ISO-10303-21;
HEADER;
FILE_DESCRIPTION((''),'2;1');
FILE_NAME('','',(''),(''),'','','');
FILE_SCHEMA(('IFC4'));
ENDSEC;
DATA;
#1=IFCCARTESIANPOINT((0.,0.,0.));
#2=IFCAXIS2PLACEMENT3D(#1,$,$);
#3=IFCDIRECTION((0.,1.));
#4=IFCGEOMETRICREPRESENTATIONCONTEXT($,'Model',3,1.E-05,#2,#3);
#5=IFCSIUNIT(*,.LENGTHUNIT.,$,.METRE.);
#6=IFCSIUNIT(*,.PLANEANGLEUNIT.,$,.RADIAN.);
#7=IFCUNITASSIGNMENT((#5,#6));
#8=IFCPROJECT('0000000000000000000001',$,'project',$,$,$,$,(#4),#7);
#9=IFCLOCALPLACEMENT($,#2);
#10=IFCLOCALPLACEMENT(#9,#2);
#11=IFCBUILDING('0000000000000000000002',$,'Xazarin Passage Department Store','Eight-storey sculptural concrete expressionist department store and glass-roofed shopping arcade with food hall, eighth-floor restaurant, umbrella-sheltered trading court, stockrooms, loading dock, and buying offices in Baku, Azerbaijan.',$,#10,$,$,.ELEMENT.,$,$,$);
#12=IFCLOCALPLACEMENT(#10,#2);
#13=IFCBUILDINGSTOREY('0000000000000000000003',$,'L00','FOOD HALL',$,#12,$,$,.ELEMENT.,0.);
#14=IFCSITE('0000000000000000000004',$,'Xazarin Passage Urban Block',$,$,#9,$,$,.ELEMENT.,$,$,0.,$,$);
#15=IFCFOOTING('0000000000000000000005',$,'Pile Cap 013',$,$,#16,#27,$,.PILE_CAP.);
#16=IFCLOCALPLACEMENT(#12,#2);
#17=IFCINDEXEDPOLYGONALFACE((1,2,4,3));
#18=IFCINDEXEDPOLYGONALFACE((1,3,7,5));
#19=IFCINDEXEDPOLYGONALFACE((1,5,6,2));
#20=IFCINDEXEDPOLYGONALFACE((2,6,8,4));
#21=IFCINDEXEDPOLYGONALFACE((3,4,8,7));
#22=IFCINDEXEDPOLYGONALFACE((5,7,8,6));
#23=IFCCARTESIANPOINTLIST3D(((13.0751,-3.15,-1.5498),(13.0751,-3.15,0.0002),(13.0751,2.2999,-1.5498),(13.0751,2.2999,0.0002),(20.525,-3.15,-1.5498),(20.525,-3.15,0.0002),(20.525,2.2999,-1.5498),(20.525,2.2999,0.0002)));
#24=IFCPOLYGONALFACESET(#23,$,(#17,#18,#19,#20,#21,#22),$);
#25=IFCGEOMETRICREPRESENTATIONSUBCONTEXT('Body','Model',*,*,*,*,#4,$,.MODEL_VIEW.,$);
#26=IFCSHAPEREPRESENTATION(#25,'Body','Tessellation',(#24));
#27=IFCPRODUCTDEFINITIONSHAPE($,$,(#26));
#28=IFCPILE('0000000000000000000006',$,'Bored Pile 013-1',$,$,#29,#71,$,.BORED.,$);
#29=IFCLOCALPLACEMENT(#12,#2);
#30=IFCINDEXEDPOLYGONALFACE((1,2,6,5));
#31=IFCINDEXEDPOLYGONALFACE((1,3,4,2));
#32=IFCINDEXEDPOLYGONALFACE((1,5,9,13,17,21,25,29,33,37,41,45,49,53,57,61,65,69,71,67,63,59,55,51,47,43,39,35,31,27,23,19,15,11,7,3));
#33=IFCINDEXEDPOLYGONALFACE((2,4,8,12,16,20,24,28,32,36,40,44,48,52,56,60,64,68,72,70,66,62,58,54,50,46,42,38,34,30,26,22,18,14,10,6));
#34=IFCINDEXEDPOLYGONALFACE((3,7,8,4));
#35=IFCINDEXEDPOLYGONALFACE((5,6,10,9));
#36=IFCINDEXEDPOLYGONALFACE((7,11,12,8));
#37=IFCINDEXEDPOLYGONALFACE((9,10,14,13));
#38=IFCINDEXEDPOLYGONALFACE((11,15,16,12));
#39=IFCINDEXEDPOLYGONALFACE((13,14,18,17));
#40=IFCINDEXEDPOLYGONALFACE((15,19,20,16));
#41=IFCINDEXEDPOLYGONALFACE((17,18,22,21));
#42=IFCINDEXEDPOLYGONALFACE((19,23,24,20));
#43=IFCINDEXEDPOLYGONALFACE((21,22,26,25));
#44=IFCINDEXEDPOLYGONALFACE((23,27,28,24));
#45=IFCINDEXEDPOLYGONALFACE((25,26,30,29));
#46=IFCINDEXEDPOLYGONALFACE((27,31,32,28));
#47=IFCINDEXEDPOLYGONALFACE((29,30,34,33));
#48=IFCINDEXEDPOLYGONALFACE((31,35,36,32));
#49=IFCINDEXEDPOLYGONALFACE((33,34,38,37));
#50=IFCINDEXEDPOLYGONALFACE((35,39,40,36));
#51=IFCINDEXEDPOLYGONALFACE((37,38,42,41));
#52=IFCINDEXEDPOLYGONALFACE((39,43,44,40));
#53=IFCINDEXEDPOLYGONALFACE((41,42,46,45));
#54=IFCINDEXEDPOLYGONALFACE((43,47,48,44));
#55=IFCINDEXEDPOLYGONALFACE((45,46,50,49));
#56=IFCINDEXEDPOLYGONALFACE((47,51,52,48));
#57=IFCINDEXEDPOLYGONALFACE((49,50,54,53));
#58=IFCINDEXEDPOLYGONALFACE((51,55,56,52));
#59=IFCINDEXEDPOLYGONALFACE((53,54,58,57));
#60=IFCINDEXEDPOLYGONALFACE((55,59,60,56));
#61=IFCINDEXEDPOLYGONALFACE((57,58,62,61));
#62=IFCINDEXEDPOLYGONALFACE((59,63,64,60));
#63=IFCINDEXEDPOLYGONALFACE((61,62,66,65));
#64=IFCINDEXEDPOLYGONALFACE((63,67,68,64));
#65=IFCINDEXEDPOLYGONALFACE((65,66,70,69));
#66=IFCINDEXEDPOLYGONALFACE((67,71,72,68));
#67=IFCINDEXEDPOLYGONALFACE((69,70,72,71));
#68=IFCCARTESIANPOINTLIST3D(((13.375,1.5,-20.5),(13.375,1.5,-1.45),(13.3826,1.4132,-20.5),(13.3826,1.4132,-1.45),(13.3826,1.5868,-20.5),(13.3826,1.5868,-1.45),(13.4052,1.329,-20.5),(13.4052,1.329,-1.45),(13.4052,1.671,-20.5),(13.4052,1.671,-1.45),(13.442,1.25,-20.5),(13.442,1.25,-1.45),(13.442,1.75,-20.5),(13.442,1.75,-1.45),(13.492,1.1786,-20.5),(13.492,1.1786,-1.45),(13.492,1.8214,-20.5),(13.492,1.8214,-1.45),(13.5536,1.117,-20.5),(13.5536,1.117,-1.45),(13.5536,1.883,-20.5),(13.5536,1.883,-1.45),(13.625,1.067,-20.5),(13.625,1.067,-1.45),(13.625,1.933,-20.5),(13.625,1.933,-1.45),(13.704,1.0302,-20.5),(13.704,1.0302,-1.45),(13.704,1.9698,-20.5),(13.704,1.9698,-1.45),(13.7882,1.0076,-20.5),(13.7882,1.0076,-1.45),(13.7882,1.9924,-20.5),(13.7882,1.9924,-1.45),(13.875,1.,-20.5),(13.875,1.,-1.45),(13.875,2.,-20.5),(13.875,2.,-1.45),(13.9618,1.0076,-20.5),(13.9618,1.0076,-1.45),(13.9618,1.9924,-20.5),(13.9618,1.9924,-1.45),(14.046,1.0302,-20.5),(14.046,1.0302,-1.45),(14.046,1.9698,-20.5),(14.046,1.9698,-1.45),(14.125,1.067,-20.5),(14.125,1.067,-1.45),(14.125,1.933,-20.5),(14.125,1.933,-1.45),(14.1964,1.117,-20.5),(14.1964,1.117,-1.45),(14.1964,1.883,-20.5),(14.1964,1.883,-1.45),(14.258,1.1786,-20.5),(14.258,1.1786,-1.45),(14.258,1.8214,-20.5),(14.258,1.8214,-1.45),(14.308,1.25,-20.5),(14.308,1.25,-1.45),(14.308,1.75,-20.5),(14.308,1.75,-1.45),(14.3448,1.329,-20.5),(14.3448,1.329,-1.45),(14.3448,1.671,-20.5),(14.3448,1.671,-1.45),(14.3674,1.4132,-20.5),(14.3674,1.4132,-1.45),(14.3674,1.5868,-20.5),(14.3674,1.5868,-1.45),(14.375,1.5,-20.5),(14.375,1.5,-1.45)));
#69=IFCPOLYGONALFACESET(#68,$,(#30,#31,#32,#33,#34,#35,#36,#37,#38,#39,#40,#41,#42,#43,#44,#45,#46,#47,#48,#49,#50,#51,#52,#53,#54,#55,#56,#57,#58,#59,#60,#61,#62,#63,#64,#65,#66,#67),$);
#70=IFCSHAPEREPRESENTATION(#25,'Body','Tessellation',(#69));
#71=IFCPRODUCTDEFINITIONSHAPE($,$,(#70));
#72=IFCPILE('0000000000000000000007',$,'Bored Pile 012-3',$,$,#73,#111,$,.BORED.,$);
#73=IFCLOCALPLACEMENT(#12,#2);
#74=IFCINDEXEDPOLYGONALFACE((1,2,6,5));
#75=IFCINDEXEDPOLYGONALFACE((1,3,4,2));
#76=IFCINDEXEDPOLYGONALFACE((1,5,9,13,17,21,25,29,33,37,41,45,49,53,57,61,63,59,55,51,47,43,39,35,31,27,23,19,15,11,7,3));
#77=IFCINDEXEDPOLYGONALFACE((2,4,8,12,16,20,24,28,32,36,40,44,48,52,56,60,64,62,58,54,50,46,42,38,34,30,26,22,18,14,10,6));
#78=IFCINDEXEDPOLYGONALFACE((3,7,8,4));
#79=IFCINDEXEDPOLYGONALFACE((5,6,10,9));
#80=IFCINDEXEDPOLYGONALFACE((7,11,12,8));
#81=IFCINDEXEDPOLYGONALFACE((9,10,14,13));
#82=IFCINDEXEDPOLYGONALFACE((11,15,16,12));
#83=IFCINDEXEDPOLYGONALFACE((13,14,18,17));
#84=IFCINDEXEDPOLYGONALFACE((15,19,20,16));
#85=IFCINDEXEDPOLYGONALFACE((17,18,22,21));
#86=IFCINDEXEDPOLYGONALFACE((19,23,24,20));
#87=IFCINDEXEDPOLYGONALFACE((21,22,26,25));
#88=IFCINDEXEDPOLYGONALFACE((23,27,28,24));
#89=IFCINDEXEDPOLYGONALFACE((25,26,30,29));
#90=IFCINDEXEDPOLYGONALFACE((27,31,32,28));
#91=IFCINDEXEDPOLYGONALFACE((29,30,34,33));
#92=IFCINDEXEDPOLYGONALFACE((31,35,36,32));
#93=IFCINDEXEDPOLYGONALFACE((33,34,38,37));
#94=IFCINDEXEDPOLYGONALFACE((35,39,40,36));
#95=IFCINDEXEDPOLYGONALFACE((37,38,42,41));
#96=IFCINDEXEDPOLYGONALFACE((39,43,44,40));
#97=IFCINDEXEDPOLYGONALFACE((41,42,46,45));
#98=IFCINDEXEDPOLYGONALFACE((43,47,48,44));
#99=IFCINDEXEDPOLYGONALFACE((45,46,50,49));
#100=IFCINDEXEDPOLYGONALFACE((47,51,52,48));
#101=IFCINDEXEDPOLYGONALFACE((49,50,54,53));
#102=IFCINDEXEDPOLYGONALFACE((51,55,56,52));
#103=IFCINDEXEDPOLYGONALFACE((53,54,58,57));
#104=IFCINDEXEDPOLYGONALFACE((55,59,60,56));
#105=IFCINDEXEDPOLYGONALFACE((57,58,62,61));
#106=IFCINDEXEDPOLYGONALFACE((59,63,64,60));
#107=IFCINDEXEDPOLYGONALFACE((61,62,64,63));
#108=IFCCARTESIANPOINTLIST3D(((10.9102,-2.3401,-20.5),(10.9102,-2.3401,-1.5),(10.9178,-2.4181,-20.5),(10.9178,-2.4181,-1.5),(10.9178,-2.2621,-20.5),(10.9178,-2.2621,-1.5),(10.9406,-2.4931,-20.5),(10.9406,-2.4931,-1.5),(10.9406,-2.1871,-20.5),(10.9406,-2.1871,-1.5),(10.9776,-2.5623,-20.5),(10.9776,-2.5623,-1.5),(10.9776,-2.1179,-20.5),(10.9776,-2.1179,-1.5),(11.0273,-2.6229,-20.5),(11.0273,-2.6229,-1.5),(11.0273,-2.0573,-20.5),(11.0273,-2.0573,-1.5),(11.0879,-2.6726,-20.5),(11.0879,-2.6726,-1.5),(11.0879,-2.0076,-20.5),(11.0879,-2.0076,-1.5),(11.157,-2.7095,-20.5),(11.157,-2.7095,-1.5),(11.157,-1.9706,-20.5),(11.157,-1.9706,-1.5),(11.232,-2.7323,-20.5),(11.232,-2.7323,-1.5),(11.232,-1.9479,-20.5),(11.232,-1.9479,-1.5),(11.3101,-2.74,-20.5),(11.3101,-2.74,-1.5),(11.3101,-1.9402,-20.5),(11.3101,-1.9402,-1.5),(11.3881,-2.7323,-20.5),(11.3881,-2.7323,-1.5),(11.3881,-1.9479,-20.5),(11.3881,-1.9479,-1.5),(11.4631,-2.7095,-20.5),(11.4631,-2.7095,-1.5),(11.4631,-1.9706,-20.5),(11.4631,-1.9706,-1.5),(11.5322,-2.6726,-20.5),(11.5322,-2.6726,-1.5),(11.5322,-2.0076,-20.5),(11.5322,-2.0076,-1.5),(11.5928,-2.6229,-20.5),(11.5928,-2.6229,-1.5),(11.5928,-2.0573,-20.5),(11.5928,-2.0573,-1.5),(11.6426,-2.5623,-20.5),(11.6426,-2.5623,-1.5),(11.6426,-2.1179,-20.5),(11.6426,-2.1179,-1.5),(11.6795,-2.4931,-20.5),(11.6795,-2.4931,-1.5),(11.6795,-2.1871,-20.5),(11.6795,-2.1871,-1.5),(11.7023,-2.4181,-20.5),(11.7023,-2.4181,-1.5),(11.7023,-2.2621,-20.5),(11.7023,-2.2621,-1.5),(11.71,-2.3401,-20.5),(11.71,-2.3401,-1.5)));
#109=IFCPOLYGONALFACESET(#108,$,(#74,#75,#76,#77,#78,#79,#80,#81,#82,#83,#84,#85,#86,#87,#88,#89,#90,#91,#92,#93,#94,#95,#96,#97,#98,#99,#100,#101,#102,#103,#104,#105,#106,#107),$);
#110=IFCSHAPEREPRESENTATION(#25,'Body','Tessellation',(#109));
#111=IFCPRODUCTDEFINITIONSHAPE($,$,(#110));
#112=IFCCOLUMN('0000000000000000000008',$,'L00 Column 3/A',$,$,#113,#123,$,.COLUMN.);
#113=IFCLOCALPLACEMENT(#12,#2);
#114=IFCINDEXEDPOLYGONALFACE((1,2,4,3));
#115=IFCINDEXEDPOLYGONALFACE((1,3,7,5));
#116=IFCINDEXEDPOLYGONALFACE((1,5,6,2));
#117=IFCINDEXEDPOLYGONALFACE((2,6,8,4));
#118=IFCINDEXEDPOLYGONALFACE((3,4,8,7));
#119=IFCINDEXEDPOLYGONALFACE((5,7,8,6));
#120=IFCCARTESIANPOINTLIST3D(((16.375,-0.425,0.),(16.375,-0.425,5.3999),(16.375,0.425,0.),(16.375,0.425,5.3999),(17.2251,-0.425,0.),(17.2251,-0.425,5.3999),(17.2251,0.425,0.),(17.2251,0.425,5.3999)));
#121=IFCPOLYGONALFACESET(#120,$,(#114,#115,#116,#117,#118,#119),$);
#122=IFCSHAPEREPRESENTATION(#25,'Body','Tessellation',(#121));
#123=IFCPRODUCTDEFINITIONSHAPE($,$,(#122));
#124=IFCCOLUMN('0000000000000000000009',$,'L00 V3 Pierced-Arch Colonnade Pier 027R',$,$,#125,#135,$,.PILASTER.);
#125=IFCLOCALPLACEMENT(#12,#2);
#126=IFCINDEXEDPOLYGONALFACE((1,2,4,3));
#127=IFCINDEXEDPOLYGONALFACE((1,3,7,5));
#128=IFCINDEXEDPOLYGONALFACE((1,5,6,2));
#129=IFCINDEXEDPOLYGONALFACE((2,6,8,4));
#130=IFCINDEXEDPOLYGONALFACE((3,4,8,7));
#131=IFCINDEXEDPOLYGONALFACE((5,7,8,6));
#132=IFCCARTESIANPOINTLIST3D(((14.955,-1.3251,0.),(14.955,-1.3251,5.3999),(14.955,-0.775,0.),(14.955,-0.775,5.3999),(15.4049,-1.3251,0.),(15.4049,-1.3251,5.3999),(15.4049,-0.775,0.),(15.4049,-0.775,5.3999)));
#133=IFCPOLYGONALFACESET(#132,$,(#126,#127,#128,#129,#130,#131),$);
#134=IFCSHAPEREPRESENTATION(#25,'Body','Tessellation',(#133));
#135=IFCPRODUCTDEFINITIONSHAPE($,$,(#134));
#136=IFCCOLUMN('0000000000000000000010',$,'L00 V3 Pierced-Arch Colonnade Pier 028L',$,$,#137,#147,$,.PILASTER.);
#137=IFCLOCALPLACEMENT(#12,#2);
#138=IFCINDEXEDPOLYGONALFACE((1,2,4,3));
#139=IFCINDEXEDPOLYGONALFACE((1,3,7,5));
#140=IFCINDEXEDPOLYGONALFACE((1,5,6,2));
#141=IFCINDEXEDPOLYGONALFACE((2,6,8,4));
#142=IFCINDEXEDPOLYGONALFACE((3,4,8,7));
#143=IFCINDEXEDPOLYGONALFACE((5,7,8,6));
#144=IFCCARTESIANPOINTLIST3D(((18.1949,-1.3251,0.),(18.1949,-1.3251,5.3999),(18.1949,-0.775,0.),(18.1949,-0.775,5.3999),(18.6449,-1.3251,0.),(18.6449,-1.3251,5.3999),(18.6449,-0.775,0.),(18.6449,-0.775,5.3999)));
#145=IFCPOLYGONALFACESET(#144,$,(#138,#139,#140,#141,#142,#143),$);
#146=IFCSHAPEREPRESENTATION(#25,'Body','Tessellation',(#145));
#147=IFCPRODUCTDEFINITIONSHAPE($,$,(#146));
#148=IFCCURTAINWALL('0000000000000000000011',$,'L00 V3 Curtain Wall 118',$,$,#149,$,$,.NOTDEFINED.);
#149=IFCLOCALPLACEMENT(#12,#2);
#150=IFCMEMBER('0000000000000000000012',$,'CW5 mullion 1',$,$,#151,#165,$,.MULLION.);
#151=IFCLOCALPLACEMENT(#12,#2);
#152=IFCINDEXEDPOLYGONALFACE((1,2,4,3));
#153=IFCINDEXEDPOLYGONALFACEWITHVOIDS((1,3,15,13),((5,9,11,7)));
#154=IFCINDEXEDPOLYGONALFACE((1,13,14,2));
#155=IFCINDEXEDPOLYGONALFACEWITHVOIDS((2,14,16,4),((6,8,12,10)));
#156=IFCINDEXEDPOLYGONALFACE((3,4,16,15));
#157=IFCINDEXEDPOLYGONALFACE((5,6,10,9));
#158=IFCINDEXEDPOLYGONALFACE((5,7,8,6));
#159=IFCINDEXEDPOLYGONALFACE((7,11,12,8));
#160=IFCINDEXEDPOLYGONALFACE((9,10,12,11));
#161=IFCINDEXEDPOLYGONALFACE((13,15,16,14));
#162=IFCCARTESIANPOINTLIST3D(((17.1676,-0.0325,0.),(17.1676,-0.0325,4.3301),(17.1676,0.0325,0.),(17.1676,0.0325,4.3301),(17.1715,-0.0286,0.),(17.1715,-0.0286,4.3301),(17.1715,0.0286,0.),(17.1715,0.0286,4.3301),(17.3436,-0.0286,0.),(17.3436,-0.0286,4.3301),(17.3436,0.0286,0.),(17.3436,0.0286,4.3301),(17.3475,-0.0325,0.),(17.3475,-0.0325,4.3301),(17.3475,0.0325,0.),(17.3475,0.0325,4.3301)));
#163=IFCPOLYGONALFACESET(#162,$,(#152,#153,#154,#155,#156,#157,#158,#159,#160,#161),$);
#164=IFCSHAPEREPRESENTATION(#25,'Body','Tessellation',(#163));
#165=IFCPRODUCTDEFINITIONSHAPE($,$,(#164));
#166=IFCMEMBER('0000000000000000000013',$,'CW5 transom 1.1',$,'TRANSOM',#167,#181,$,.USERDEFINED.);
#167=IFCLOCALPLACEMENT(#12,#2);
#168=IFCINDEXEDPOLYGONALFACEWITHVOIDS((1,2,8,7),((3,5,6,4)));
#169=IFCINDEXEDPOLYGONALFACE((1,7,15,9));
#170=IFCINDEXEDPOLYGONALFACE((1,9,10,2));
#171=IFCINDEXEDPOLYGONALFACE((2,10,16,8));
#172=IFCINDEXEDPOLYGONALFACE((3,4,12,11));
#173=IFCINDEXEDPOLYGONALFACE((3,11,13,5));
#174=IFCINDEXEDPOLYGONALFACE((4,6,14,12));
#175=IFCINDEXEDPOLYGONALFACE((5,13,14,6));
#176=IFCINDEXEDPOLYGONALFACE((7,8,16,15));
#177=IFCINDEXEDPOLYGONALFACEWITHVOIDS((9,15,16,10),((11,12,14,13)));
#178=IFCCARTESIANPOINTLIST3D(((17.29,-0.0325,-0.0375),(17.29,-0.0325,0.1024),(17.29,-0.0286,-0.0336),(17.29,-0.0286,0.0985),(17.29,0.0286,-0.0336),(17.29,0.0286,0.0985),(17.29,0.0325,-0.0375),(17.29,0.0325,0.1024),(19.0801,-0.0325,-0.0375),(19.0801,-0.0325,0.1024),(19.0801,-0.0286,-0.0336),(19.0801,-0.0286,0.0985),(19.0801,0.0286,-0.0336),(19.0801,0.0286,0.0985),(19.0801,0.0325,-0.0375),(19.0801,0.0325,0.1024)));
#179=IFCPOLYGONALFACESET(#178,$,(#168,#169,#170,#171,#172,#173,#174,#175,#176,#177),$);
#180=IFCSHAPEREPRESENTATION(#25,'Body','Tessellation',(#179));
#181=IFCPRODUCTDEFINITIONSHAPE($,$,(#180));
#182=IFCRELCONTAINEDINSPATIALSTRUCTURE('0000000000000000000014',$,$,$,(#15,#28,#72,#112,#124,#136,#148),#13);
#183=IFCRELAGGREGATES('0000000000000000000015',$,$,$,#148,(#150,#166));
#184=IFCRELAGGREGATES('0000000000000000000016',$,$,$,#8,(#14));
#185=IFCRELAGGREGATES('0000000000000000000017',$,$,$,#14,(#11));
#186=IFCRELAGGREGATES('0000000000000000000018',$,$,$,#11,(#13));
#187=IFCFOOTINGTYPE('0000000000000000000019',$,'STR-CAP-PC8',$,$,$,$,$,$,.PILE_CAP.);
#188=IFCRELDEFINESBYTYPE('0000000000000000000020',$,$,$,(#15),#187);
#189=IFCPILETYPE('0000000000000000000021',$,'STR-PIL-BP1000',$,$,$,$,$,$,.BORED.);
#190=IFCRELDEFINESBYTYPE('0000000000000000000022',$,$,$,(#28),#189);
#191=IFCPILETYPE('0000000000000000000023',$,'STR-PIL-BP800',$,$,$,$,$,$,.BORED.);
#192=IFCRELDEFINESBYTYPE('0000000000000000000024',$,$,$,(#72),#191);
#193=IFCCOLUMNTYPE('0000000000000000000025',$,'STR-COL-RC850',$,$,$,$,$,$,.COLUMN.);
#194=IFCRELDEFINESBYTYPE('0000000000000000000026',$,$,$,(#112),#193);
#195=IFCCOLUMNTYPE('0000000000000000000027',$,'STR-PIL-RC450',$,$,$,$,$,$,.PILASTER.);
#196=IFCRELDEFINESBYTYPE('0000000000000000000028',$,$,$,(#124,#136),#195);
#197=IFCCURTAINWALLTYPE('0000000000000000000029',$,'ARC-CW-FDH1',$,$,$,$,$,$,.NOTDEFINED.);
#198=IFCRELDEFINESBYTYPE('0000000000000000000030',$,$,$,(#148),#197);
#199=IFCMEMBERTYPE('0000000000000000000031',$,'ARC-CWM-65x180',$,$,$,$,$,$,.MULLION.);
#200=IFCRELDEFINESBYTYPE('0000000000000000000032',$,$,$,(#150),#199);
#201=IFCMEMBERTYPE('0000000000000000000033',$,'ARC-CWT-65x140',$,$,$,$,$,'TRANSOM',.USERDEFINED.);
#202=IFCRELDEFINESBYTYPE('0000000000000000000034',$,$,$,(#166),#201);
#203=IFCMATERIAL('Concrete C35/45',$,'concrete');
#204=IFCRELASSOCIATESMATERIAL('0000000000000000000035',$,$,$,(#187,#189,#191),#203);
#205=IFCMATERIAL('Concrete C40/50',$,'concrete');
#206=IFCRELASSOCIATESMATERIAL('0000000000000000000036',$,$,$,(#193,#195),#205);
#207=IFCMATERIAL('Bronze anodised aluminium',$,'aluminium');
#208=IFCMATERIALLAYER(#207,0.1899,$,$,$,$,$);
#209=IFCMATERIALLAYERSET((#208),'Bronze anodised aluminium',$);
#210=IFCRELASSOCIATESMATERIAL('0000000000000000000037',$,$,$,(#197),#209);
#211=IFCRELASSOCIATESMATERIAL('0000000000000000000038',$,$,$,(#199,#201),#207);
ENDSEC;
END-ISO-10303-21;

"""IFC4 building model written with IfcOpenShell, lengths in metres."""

from ifc_helpers import new_model, si_unit, direction, frame, origin, origin_2d, place, context, subcontext, project, spatial, rectangle, hollow_rectangle, circle, extrude, material, layer, layer_set, material_profile, profile_set, type_object, element, aggregate, save


model = new_model("IFC4")

# Units and contexts
model_context = context("Model", 3, precision=1e-05, world=origin(), true_north=direction((0.0, 1.0)))
body_context = subcontext(model_context, "Body", "Model", "MODEL_VIEW")
ifc_project = project(units=[si_unit("LENGTHUNIT", "METRE"), si_unit("PLANEANGLEUNIT", "RADIAN")], contexts=[model_context])

# Site, building, storey
site_placement = place(None, origin())
site = spatial("IfcSite", under=ifc_project, at=site_placement, Name="Xazarin Passage Urban Block", CompositionType="ELEMENT", RefElevation=0.0)
building_placement = place(site_placement, origin())
building = spatial("IfcBuilding", under=site, at=building_placement, Name="Xazarin Passage Department Store", Description="Eight-storey sculptural concrete expressionist department store and glass-roofed shopping arcade with food hall, eighth-floor restaurant, umbrella-sheltered trading court, stockrooms, loading dock, and buying offices in Baku, Azerbaijan.", CompositionType="ELEMENT")
storey_placement = place(building_placement, origin())
storey = spatial("IfcBuildingStorey", under=building, at=storey_placement, Name="L00", Description="FOOD HALL", CompositionType="ELEMENT", Elevation=0.0)

# Footing
ifc_material_1 = material(Name="Concrete C35/45", Category="concrete")
footing_type = type_object("IfcFootingType", Name="STR-CAP-PC8", PredefinedType="PILE_CAP", material=ifc_material_1)
footing_placement = place(storey_placement, frame((16.8, -0.425, -1.5498), z_axis=(0.0, 0.0, 1.0), x_axis=(1.0, 0.0, 0.0)))
element("IfcFooting", 1, at=footing_placement, inside=storey, type_object=footing_type, Name="Pile Cap 013", PredefinedType="PILE_CAP", context=body_context, shape_type="SweptSolid", body=[
    extrude(rectangle(XDim=7.45, YDim=5.45, at=origin_2d()), origin(), (0.0, 0.0, 1.0), 1.55),
])

# Piles
ifc_material_profile_1 = material_profile(ifc_material_1, circle(Radius=0.5, at=origin_2d()), Name="BP 1000")
ifc_profile_set_1 = profile_set([ifc_material_profile_1], Name="Concrete C35/45")
pile_type_1 = type_object("IfcPileType", Name="STR-PIL-BP1000", PredefinedType="BORED", material=ifc_profile_set_1)
pile_1_placement = place(storey_placement, frame((13.875, 1.5, -1.45), z_axis=(0.0, 0.0, -1.0), x_axis=(1.0, 0.0, 0.0)))
element("IfcPile", 2, at=pile_1_placement, inside=storey, type_object=pile_type_1, Name="Bored Pile 013-1", PredefinedType="BORED", context=body_context, shape_type="SweptSolid", body=[
    extrude(circle(Radius=0.5, at=origin_2d()), origin(), (0.0, 0.0, 1.0), 19.05),
])
ifc_material_profile_2 = material_profile(ifc_material_1, circle(Radius=0.3999, at=origin_2d()), Name="BP 800")
ifc_profile_set_2 = profile_set([ifc_material_profile_2], Name="Concrete C35/45")
pile_type_2 = type_object("IfcPileType", Name="STR-PIL-BP800", PredefinedType="BORED", material=ifc_profile_set_2)
pile_2_placement = place(storey_placement, frame((11.3101, -2.3401, -1.5), z_axis=(0.0, 0.0, -1.0), x_axis=(1.0, 0.0, 0.0)))
element("IfcPile", 3, at=pile_2_placement, inside=storey, type_object=pile_type_2, Name="Bored Pile 012-3", PredefinedType="BORED", context=body_context, shape_type="SweptSolid", body=[
    extrude(circle(Radius=0.3999, at=origin_2d()), origin(), (0.0, 0.0, 1.0), 19.0),
])

# Columns
ifc_material_2 = material(Name="Concrete C40/50", Category="concrete")
ifc_material_profile_3 = material_profile(ifc_material_2, rectangle(XDim=0.8501, YDim=0.8501, at=origin_2d()), Name="RC 850x850")
ifc_profile_set_3 = profile_set([ifc_material_profile_3], Name="Concrete C40/50")
column_type_1 = type_object("IfcColumnType", Name="STR-COL-RC850", PredefinedType="COLUMN", material=ifc_profile_set_3)
column_placement = place(storey_placement, frame((16.8, 0.0, 0.0), z_axis=(0.0, 0.0, 1.0), x_axis=(1.0, 0.0, 0.0)))
element("IfcColumn", 4, at=column_placement, inside=storey, type_object=column_type_1, Name="L00 Column 3/A", PredefinedType="COLUMN", context=body_context, shape_type="SweptSolid", body=[
    extrude(rectangle(XDim=0.8501, YDim=0.8501, at=origin_2d()), origin(), (0.0, 0.0, 1.0), 5.3999),
])
ifc_material_profile_4 = material_profile(ifc_material_2, rectangle(XDim=0.45, YDim=0.55, at=origin_2d()), Name="RC 450x550")
ifc_profile_set_4 = profile_set([ifc_material_profile_4], Name="Concrete C40/50")
column_type_2 = type_object("IfcColumnType", Name="STR-PIL-RC450", PredefinedType="PILASTER", material=ifc_profile_set_4)
for number, where, z_axis, x_axis, name in (
    (5, (15.1799, -1.05, 0.0), (0.0, 0.0, 1.0), (1.0, 0.0, 0.0), "L00 V3 Pierced-Arch Colonnade Pier 027R"),
    (6, (18.4199, -1.05, 0.0), (0.0, 0.0, 1.0), (1.0, 0.0, 0.0), "L00 V3 Pierced-Arch Colonnade Pier 028L"),
):
    element("IfcColumn", number, at=place(storey_placement, frame(where, z_axis=z_axis, x_axis=x_axis)), inside=storey, type_object=column_type_2, Name=name, PredefinedType="PILASTER", context=body_context, shape_type="SweptSolid", body=[
        extrude(rectangle(XDim=0.45, YDim=0.55, at=origin_2d()), origin(), (0.0, 0.0, 1.0), 5.3999),
    ])

# Curtain wall, members
ifc_material_3 = material(Name="Bronze anodised aluminium", Category="aluminium")
ifc_layer_1 = layer(ifc_material_3, 0.1899)
ifc_layer_set_1 = layer_set([ifc_layer_1], Name="Bronze anodised aluminium")
curtain_wall_type = type_object("IfcCurtainWallType", Name="ARC-CW-FDH1", PredefinedType="NOTDEFINED", material=ifc_layer_set_1)
curtain_wall_placement = place(storey_placement, origin())
curtain_wall = element("IfcCurtainWall", 7, at=curtain_wall_placement, inside=storey, type_object=curtain_wall_type, Name="L00 V3 Curtain Wall 118", PredefinedType="NOTDEFINED")
ifc_material_profile_5 = material_profile(ifc_material_3, hollow_rectangle(XDim=0.0649, YDim=0.1799, WallThickness=0.0039, at=origin_2d()), Name="ALU 65x180")
ifc_profile_set_5 = profile_set([ifc_material_profile_5], Name="Bronze anodised aluminium")
member_type_1 = type_object("IfcMemberType", Name="ARC-CWM-65x180", PredefinedType="MULLION", material=ifc_profile_set_5)
member_1_placement = place(storey_placement, frame((17.2576, 0.0, 0.0), z_axis=(0.0, 0.0, 1.0), x_axis=(0.0, 1.0, 0.0)))
member_1 = element("IfcMember", 8, at=member_1_placement, type_object=member_type_1, Name="CW5 mullion 1", PredefinedType="MULLION", context=body_context, shape_type="SweptSolid", body=[
    extrude(hollow_rectangle(XDim=0.0649, YDim=0.1799, WallThickness=0.0039, at=origin_2d()), origin(), (0.0, 0.0, 1.0), 4.3301),
])
ifc_material_profile_6 = material_profile(ifc_material_3, hollow_rectangle(XDim=0.0649, YDim=0.1399, WallThickness=0.0039, at=origin_2d()), Name="ALU 65x140")
ifc_profile_set_6 = profile_set([ifc_material_profile_6], Name="Bronze anodised aluminium")
member_type_2 = type_object("IfcMemberType", Name="ARC-CWT-65x140", ElementType="TRANSOM", PredefinedType="USERDEFINED", material=ifc_profile_set_6)
member_2_placement = place(storey_placement, frame((17.29, 0.0, 0.0325), z_axis=(1.0, 0.0, 0.0), x_axis=(0.0, 1.0, 0.0)))
member_2 = element("IfcMember", 9, at=member_2_placement, type_object=member_type_2, Name="CW5 transom 1.1", ObjectType="TRANSOM", PredefinedType="USERDEFINED", context=body_context, shape_type="SweptSolid", body=[
    extrude(hollow_rectangle(XDim=0.0649, YDim=0.1399, WallThickness=0.0039, at=origin_2d()), origin(), (0.0, 0.0, 1.0), 1.79),
])

aggregate(curtain_wall, [member_1, member_2])

save(model, "model.ifc")
